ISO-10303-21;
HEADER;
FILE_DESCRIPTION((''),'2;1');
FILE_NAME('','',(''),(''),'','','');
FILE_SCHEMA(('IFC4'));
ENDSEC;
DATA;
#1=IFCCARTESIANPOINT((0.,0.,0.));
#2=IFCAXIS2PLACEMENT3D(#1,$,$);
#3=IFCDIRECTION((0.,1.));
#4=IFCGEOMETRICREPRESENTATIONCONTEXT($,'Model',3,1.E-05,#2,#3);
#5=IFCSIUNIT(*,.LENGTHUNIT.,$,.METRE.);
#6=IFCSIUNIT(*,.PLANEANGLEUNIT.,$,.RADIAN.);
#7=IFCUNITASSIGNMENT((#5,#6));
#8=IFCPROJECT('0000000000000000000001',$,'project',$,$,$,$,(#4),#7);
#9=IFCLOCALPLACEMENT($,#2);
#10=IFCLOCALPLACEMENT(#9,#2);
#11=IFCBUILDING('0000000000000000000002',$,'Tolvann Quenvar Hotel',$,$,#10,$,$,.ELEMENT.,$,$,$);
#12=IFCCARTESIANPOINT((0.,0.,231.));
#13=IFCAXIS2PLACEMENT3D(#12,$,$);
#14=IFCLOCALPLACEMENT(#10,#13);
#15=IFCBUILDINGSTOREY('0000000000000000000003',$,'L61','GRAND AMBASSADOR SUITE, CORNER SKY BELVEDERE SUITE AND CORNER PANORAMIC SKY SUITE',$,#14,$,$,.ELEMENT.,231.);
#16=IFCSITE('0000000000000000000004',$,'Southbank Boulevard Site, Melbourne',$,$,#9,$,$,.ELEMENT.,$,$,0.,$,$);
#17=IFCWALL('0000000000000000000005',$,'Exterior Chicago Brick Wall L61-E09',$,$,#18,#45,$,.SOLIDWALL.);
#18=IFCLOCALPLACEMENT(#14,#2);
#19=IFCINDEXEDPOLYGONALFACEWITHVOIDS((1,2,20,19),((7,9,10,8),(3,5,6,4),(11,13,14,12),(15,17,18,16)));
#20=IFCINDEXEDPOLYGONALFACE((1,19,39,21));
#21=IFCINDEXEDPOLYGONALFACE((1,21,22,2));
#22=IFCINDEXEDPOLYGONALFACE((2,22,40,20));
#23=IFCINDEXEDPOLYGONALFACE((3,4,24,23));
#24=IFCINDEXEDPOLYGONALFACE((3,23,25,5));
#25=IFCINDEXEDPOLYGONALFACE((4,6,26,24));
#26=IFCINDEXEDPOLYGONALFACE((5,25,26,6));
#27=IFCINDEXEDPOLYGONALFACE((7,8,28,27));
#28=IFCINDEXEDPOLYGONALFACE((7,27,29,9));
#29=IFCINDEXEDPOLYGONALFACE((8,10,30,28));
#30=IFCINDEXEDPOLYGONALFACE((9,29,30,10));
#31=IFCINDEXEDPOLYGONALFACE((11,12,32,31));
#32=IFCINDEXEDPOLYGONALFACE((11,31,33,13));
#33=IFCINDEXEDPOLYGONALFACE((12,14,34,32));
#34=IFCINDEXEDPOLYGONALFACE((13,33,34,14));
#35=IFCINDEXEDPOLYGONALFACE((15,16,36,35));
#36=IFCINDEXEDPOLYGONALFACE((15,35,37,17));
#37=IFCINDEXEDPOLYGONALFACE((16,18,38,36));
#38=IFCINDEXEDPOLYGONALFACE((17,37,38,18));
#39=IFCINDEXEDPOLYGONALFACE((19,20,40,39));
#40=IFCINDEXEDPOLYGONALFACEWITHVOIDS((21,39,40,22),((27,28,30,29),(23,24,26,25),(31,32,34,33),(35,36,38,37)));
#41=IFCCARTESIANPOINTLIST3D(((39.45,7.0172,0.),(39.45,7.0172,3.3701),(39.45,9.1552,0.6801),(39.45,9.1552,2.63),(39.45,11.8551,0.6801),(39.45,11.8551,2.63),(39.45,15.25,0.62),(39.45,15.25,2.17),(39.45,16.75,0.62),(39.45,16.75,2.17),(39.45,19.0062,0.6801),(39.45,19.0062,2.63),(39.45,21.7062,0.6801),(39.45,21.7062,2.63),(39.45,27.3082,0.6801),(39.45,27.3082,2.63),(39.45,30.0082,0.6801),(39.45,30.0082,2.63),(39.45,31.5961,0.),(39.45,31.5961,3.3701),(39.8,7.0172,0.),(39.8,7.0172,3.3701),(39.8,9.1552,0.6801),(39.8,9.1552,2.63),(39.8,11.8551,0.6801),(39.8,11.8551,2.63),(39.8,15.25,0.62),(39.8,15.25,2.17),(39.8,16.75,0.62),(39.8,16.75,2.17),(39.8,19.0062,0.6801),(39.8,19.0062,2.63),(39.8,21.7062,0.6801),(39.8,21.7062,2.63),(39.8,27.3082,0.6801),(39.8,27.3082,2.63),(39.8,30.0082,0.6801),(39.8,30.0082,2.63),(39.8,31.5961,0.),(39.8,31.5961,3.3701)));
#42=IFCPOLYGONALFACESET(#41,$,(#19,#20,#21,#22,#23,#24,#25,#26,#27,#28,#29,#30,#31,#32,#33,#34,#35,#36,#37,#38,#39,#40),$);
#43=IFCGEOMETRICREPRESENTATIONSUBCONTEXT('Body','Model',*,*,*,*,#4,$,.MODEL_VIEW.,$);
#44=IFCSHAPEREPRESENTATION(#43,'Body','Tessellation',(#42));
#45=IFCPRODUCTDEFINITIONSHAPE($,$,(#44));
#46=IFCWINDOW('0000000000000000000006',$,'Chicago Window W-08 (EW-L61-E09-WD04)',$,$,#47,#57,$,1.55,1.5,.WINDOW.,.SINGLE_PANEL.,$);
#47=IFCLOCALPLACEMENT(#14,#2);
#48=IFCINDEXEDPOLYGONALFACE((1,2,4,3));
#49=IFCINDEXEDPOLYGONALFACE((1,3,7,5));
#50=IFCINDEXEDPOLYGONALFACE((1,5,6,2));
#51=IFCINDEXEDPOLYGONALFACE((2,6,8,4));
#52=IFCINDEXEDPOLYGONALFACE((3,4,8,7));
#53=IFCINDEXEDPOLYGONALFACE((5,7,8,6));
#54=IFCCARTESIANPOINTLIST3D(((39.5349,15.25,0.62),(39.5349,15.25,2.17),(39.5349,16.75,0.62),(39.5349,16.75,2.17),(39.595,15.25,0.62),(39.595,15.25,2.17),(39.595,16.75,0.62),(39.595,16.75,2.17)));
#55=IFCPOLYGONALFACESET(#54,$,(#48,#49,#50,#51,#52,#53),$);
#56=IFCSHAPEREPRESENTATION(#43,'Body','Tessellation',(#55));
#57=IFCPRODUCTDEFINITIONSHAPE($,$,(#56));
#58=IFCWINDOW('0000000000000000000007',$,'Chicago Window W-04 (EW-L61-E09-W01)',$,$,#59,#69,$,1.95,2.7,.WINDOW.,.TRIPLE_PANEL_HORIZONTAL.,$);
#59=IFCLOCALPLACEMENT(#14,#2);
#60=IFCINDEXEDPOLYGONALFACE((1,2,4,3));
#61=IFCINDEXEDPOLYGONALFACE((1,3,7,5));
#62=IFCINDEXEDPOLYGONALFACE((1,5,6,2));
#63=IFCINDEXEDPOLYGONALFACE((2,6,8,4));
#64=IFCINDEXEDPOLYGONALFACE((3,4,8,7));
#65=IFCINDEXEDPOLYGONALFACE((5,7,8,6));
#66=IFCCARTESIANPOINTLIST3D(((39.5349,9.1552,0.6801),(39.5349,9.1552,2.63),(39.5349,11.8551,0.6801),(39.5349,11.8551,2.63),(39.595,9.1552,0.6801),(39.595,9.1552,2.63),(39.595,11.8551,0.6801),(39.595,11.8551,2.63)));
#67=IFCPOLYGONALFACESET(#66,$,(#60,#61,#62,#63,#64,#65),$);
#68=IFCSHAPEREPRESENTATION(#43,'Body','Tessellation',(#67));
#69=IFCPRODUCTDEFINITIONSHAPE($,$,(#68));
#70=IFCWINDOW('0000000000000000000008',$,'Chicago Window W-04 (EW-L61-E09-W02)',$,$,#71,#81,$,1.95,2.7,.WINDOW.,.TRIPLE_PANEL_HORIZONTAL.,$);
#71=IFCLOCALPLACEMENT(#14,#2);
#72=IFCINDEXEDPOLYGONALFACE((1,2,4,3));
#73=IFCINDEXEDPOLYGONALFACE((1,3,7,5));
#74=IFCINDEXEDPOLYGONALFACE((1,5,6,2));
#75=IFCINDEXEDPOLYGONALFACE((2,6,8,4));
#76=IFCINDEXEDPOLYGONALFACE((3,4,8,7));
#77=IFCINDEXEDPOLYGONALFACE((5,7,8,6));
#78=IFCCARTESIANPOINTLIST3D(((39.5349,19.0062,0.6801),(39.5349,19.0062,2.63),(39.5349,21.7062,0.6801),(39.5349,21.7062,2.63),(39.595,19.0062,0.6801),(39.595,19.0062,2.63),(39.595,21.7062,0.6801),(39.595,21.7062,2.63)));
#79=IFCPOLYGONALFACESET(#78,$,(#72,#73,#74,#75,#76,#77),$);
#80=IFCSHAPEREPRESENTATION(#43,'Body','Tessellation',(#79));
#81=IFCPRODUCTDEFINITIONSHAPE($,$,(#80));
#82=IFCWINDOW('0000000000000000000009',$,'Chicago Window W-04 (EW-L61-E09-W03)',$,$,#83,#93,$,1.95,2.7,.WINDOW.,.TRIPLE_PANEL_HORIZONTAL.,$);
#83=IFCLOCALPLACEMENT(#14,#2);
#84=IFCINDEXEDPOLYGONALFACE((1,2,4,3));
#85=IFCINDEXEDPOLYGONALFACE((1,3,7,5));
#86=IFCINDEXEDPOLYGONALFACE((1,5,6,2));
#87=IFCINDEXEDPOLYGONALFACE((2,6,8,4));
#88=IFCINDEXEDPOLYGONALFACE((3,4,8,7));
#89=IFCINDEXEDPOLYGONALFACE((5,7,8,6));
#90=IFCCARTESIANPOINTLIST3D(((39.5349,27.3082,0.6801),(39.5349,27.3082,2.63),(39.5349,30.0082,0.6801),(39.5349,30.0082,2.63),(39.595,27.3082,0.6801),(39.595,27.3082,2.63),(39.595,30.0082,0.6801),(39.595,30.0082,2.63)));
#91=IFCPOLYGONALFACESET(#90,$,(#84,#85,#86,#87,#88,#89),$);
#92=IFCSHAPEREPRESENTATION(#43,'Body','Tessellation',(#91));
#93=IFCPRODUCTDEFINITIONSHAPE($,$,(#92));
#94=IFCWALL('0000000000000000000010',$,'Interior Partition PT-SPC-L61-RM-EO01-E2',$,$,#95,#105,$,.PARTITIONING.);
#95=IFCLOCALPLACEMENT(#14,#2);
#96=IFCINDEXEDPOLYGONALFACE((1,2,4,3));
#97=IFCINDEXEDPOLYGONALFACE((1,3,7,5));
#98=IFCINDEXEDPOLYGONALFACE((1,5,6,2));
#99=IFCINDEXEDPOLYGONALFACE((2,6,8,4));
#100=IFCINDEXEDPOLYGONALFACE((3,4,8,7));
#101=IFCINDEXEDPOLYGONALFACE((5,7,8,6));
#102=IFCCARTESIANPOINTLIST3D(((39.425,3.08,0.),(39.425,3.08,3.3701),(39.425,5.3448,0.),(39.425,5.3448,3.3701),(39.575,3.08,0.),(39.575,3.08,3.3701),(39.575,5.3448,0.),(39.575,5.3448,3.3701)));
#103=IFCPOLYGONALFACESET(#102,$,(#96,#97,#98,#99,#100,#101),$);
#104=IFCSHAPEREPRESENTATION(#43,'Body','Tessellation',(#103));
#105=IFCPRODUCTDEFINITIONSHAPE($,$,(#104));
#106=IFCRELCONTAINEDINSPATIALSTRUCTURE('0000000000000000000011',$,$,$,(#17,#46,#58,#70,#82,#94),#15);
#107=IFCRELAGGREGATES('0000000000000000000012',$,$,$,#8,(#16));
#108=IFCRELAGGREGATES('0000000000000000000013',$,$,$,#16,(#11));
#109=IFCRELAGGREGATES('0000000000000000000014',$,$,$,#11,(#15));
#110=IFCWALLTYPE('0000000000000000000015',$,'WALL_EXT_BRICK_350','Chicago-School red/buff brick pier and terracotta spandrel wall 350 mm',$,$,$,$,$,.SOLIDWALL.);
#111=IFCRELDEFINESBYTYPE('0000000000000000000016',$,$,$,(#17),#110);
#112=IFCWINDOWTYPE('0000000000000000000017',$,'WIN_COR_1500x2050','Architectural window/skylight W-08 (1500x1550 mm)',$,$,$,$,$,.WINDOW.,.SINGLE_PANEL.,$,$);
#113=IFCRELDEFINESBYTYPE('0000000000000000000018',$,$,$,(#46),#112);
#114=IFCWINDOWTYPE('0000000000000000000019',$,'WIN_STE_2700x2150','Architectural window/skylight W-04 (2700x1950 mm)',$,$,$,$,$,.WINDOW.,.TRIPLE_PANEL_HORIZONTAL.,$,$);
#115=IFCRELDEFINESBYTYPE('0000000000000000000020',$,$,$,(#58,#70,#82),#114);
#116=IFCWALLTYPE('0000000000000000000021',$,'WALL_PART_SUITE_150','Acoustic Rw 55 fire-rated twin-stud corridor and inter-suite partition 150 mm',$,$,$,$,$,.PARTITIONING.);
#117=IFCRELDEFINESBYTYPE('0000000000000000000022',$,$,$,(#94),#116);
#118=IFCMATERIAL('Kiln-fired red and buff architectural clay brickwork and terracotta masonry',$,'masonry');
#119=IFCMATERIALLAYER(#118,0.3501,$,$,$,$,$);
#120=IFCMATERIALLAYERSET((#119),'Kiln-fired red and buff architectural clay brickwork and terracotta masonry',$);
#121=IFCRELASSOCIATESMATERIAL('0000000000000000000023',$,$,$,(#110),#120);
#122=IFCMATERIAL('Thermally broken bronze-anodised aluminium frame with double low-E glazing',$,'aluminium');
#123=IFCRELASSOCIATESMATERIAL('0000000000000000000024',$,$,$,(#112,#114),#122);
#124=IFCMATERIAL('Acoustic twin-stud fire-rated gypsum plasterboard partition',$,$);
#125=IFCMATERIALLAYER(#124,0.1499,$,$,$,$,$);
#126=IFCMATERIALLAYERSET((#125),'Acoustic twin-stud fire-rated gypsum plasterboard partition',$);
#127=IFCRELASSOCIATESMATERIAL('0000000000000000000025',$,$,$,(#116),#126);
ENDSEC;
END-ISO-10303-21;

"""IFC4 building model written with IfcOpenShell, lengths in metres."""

from ifc_helpers import new_model, si_unit, direction, frame, frame_2d, origin, place, context, subcontext, project, spatial, rectangle, extrude, source, transform, mapped, material, layer, layer_set, type_object, type_shapes, element, fill, save


model = new_model("IFC4")

# Units and contexts
model_context = context("Model", 3, precision=1e-05, world=origin(), true_north=direction((0.0, 1.0)))
body_context = subcontext(model_context, "Body", "Model", "MODEL_VIEW")
ifc_project = project(units=[si_unit("LENGTHUNIT", "METRE"), si_unit("PLANEANGLEUNIT", "RADIAN")], contexts=[model_context])

# Site, building, storey
site_placement = place(None, origin())
site = spatial("IfcSite", under=ifc_project, at=site_placement, Name="Southbank Boulevard Site, Melbourne", CompositionType="ELEMENT", RefElevation=0.0)
building_placement = place(site_placement, origin())
building = spatial("IfcBuilding", under=site, at=building_placement, Name="Tolvann Quenvar Hotel", CompositionType="ELEMENT")
storey_placement = place(building_placement, frame((0.0, 0.0, 231.0)))
storey = spatial("IfcBuildingStorey", under=building, at=storey_placement, Name="L61", Description="GRAND AMBASSADOR SUITE, CORNER SKY BELVEDERE SUITE AND CORNER PANORAMIC SKY SUITE", CompositionType="ELEMENT", Elevation=231.0)

# Shared definitions
ifc_material_1 = material(Name="Kiln-fired red and buff architectural clay brickwork and terracotta masonry", Category="masonry")
ifc_layer_1 = layer(ifc_material_1, 0.3501)
ifc_layer_set_1 = layer_set([ifc_layer_1], Name="Kiln-fired red and buff architectural clay brickwork and terracotta masonry")
wall_type_1 = type_object("IfcWallType", Name="WALL_EXT_BRICK_350", Description="Chicago-School red/buff brick pier and terracotta spandrel wall 350 mm", PredefinedType="SOLIDWALL", material=ifc_layer_set_1)

# Wall, openings, windows
wall_1_placement = place(storey_placement, frame((39.625, 7.0171, 0.0), z_axis=(0.0, 0.0, 1.0), x_axis=(0.0, 1.0, 0.0)))
wall_1 = element("IfcWall", 1, at=wall_1_placement, inside=storey, type_object=wall_type_1, Name="Exterior Chicago Brick Wall L61-E09", PredefinedType="SOLIDWALL", context=body_context, shape_type="SweptSolid", body=[
    extrude(rectangle(XDim=24.5789, YDim=0.3501, at=frame_2d((12.2896, 0.0))), origin(), (0.0, 0.0, 1.0), 3.3701),
])
opening_1_placement = place(wall_1_placement, frame((2.1379, 0.0, 0.6799)))
opening_1 = element("IfcOpeningElement", 2, at=opening_1_placement, cuts=wall_1, PredefinedType="OPENING", context=body_context, shape_type="SweptSolid", body=[
    extrude(rectangle(XDim=2.7, YDim=1.95, at=frame_2d((1.3501, 0.9751))), frame((0.0, 0.1851, 0.0), z_axis=(0.0, -1.0, 0.0), x_axis=(1.0, 0.0, 0.0)), (0.0, 0.0, 1.0), 0.3701),
])
opening_2_placement = place(wall_1_placement, frame((11.989, 0.0, 0.6799)))
opening_2 = element("IfcOpeningElement", 3, at=opening_2_placement, cuts=wall_1, PredefinedType="OPENING", context=body_context, shape_type="SweptSolid", body=[
    extrude(rectangle(XDim=2.7, YDim=1.95, at=frame_2d((1.3501, 0.9751))), frame((0.0, 0.1851, 0.0), z_axis=(0.0, -1.0, 0.0), x_axis=(1.0, 0.0, 0.0)), (0.0, 0.0, 1.0), 0.3701),
])
opening_3_placement = place(wall_1_placement, frame((20.291, 0.0, 0.6799)))
opening_3 = element("IfcOpeningElement", 4, at=opening_3_placement, cuts=wall_1, PredefinedType="OPENING", context=body_context, shape_type="SweptSolid", body=[
    extrude(rectangle(XDim=2.7, YDim=1.95, at=frame_2d((1.3501, 0.9751))), frame((0.0, 0.1851, 0.0), z_axis=(0.0, -1.0, 0.0), x_axis=(1.0, 0.0, 0.0)), (0.0, 0.0, 1.0), 0.3701),
])
opening_4_placement = place(wall_1_placement, frame((8.2329, 0.0, 0.6201)))
opening_4 = element("IfcOpeningElement", 5, at=opening_4_placement, cuts=wall_1, PredefinedType="OPENING", context=body_context, shape_type="SweptSolid", body=[
    extrude(rectangle(XDim=1.5, YDim=1.55, at=frame_2d((0.75, 0.7749))), frame((0.0, 0.1851, 0.0), z_axis=(0.0, -1.0, 0.0), x_axis=(1.0, 0.0, 0.0)), (0.0, 0.0, 1.0), 0.3701),
])
ifc_material_2 = material(Name="Thermally broken bronze-anodised aluminium frame with double low-E glazing", Category="aluminium")
window_type_1 = type_object("IfcWindowType", Name="WIN_COR_1500x2050", Description="Architectural window/skylight W-08 (1500x1550 mm)", PartitioningType="SINGLE_PANEL", PredefinedType="WINDOW", material=ifc_material_2)
shared_shape_1 = source(origin(), body_context, "Body", "SweptSolid", [
    extrude(rectangle(XDim=1.5, YDim=1.55, at=frame_2d((0.75, 0.7749))), frame((0.0, 0.0901, 0.0), z_axis=(0.0, -1.0, 0.0), x_axis=(1.0, 0.0, 0.0)), (0.0, 0.0, 1.0), 0.0601),
])
type_shapes(window_type_1, [shared_shape_1])
window_1_placement = place(opening_4_placement, origin())
window_1 = element("IfcWindow", 6, at=window_1_placement, inside=storey, type_object=window_type_1, Name="Chicago Window W-08 (EW-L61-E09-WD04)", OverallHeight=1.55, OverallWidth=1.5, PartitioningType="SINGLE_PANEL", PredefinedType="WINDOW", context=body_context, shape_type="MappedRepresentation", body=[
    mapped(shared_shape_1, transform((0.0, 0.0, 0.0), x_axis=(1.0, 0.0, 0.0), y_axis=(0.0, 1.0, 0.0), z_axis=(0.0, 0.0, 1.0), scale=1.0)),
])
fill(opening_4, window_1)
window_type_2 = type_object("IfcWindowType", Name="WIN_STE_2700x2150", Description="Architectural window/skylight W-04 (2700x1950 mm)", PartitioningType="TRIPLE_PANEL_HORIZONTAL", PredefinedType="WINDOW", material=ifc_material_2)
shared_shape_2 = source(origin(), body_context, "Body", "SweptSolid", [
    extrude(rectangle(XDim=2.7, YDim=1.95, at=frame_2d((1.3501, 0.9751))), frame((0.0, 0.0901, 0.0), z_axis=(0.0, -1.0, 0.0), x_axis=(1.0, 0.0, 0.0)), (0.0, 0.0, 1.0), 0.0601),
])
type_shapes(window_type_2, [shared_shape_2])
window_2_placement = place(opening_1_placement, origin())
window_2 = element("IfcWindow", 7, at=window_2_placement, inside=storey, type_object=window_type_2, Name="Chicago Window W-04 (EW-L61-E09-W01)", OverallHeight=1.95, OverallWidth=2.7, PartitioningType="TRIPLE_PANEL_HORIZONTAL", PredefinedType="WINDOW", context=body_context, shape_type="MappedRepresentation", body=[
    mapped(shared_shape_2, transform((0.0, 0.0, 0.0), x_axis=(1.0, 0.0, 0.0), y_axis=(0.0, 1.0, 0.0), z_axis=(0.0, 0.0, 1.0), scale=1.0)),
])
fill(opening_1, window_2)
window_3_placement = place(opening_2_placement, origin())
window_3 = element("IfcWindow", 8, at=window_3_placement, inside=storey, type_object=window_type_2, Name="Chicago Window W-04 (EW-L61-E09-W02)", OverallHeight=1.95, OverallWidth=2.7, PartitioningType="TRIPLE_PANEL_HORIZONTAL", PredefinedType="WINDOW", context=body_context, shape_type="MappedRepresentation", body=[
    mapped(shared_shape_2, transform((0.0, 0.0, 0.0), x_axis=(1.0, 0.0, 0.0), y_axis=(0.0, 1.0, 0.0), z_axis=(0.0, 0.0, 1.0), scale=1.0)),
])
fill(opening_2, window_3)
window_4_placement = place(opening_3_placement, origin())
window_4 = element("IfcWindow", 9, at=window_4_placement, inside=storey, type_object=window_type_2, Name="Chicago Window W-04 (EW-L61-E09-W03)", OverallHeight=1.95, OverallWidth=2.7, PartitioningType="TRIPLE_PANEL_HORIZONTAL", PredefinedType="WINDOW", context=body_context, shape_type="MappedRepresentation", body=[
    mapped(shared_shape_2, transform((0.0, 0.0, 0.0), x_axis=(1.0, 0.0, 0.0), y_axis=(0.0, 1.0, 0.0), z_axis=(0.0, 0.0, 1.0), scale=1.0)),
])
fill(opening_3, window_4)

# Wall
ifc_material_3 = material(Name="Acoustic twin-stud fire-rated gypsum plasterboard partition")
ifc_layer_2 = layer(ifc_material_3, 0.1499)
ifc_layer_set_2 = layer_set([ifc_layer_2], Name="Acoustic twin-stud fire-rated gypsum plasterboard partition")
wall_type_2 = type_object("IfcWallType", Name="WALL_PART_SUITE_150", Description="Acoustic Rw 55 fire-rated twin-stud corridor and inter-suite partition 150 mm", PredefinedType="PARTITIONING", material=ifc_layer_set_2)
wall_2_placement = place(storey_placement, frame((39.5, 3.0801, 0.0), z_axis=(0.0, 0.0, 1.0), x_axis=(0.0, 1.0, 0.0)))
element("IfcWall", 10, at=wall_2_placement, inside=storey, type_object=wall_type_2, Name="Interior Partition PT-SPC-L61-RM-EO01-E2", PredefinedType="PARTITIONING", context=body_context, shape_type="SweptSolid", body=[
    extrude(rectangle(XDim=2.2649, YDim=0.1499, at=frame_2d((1.1323, 0.0))), origin(), (0.0, 0.0, 1.0), 3.3701),
])

save(model, "model.ifc")
